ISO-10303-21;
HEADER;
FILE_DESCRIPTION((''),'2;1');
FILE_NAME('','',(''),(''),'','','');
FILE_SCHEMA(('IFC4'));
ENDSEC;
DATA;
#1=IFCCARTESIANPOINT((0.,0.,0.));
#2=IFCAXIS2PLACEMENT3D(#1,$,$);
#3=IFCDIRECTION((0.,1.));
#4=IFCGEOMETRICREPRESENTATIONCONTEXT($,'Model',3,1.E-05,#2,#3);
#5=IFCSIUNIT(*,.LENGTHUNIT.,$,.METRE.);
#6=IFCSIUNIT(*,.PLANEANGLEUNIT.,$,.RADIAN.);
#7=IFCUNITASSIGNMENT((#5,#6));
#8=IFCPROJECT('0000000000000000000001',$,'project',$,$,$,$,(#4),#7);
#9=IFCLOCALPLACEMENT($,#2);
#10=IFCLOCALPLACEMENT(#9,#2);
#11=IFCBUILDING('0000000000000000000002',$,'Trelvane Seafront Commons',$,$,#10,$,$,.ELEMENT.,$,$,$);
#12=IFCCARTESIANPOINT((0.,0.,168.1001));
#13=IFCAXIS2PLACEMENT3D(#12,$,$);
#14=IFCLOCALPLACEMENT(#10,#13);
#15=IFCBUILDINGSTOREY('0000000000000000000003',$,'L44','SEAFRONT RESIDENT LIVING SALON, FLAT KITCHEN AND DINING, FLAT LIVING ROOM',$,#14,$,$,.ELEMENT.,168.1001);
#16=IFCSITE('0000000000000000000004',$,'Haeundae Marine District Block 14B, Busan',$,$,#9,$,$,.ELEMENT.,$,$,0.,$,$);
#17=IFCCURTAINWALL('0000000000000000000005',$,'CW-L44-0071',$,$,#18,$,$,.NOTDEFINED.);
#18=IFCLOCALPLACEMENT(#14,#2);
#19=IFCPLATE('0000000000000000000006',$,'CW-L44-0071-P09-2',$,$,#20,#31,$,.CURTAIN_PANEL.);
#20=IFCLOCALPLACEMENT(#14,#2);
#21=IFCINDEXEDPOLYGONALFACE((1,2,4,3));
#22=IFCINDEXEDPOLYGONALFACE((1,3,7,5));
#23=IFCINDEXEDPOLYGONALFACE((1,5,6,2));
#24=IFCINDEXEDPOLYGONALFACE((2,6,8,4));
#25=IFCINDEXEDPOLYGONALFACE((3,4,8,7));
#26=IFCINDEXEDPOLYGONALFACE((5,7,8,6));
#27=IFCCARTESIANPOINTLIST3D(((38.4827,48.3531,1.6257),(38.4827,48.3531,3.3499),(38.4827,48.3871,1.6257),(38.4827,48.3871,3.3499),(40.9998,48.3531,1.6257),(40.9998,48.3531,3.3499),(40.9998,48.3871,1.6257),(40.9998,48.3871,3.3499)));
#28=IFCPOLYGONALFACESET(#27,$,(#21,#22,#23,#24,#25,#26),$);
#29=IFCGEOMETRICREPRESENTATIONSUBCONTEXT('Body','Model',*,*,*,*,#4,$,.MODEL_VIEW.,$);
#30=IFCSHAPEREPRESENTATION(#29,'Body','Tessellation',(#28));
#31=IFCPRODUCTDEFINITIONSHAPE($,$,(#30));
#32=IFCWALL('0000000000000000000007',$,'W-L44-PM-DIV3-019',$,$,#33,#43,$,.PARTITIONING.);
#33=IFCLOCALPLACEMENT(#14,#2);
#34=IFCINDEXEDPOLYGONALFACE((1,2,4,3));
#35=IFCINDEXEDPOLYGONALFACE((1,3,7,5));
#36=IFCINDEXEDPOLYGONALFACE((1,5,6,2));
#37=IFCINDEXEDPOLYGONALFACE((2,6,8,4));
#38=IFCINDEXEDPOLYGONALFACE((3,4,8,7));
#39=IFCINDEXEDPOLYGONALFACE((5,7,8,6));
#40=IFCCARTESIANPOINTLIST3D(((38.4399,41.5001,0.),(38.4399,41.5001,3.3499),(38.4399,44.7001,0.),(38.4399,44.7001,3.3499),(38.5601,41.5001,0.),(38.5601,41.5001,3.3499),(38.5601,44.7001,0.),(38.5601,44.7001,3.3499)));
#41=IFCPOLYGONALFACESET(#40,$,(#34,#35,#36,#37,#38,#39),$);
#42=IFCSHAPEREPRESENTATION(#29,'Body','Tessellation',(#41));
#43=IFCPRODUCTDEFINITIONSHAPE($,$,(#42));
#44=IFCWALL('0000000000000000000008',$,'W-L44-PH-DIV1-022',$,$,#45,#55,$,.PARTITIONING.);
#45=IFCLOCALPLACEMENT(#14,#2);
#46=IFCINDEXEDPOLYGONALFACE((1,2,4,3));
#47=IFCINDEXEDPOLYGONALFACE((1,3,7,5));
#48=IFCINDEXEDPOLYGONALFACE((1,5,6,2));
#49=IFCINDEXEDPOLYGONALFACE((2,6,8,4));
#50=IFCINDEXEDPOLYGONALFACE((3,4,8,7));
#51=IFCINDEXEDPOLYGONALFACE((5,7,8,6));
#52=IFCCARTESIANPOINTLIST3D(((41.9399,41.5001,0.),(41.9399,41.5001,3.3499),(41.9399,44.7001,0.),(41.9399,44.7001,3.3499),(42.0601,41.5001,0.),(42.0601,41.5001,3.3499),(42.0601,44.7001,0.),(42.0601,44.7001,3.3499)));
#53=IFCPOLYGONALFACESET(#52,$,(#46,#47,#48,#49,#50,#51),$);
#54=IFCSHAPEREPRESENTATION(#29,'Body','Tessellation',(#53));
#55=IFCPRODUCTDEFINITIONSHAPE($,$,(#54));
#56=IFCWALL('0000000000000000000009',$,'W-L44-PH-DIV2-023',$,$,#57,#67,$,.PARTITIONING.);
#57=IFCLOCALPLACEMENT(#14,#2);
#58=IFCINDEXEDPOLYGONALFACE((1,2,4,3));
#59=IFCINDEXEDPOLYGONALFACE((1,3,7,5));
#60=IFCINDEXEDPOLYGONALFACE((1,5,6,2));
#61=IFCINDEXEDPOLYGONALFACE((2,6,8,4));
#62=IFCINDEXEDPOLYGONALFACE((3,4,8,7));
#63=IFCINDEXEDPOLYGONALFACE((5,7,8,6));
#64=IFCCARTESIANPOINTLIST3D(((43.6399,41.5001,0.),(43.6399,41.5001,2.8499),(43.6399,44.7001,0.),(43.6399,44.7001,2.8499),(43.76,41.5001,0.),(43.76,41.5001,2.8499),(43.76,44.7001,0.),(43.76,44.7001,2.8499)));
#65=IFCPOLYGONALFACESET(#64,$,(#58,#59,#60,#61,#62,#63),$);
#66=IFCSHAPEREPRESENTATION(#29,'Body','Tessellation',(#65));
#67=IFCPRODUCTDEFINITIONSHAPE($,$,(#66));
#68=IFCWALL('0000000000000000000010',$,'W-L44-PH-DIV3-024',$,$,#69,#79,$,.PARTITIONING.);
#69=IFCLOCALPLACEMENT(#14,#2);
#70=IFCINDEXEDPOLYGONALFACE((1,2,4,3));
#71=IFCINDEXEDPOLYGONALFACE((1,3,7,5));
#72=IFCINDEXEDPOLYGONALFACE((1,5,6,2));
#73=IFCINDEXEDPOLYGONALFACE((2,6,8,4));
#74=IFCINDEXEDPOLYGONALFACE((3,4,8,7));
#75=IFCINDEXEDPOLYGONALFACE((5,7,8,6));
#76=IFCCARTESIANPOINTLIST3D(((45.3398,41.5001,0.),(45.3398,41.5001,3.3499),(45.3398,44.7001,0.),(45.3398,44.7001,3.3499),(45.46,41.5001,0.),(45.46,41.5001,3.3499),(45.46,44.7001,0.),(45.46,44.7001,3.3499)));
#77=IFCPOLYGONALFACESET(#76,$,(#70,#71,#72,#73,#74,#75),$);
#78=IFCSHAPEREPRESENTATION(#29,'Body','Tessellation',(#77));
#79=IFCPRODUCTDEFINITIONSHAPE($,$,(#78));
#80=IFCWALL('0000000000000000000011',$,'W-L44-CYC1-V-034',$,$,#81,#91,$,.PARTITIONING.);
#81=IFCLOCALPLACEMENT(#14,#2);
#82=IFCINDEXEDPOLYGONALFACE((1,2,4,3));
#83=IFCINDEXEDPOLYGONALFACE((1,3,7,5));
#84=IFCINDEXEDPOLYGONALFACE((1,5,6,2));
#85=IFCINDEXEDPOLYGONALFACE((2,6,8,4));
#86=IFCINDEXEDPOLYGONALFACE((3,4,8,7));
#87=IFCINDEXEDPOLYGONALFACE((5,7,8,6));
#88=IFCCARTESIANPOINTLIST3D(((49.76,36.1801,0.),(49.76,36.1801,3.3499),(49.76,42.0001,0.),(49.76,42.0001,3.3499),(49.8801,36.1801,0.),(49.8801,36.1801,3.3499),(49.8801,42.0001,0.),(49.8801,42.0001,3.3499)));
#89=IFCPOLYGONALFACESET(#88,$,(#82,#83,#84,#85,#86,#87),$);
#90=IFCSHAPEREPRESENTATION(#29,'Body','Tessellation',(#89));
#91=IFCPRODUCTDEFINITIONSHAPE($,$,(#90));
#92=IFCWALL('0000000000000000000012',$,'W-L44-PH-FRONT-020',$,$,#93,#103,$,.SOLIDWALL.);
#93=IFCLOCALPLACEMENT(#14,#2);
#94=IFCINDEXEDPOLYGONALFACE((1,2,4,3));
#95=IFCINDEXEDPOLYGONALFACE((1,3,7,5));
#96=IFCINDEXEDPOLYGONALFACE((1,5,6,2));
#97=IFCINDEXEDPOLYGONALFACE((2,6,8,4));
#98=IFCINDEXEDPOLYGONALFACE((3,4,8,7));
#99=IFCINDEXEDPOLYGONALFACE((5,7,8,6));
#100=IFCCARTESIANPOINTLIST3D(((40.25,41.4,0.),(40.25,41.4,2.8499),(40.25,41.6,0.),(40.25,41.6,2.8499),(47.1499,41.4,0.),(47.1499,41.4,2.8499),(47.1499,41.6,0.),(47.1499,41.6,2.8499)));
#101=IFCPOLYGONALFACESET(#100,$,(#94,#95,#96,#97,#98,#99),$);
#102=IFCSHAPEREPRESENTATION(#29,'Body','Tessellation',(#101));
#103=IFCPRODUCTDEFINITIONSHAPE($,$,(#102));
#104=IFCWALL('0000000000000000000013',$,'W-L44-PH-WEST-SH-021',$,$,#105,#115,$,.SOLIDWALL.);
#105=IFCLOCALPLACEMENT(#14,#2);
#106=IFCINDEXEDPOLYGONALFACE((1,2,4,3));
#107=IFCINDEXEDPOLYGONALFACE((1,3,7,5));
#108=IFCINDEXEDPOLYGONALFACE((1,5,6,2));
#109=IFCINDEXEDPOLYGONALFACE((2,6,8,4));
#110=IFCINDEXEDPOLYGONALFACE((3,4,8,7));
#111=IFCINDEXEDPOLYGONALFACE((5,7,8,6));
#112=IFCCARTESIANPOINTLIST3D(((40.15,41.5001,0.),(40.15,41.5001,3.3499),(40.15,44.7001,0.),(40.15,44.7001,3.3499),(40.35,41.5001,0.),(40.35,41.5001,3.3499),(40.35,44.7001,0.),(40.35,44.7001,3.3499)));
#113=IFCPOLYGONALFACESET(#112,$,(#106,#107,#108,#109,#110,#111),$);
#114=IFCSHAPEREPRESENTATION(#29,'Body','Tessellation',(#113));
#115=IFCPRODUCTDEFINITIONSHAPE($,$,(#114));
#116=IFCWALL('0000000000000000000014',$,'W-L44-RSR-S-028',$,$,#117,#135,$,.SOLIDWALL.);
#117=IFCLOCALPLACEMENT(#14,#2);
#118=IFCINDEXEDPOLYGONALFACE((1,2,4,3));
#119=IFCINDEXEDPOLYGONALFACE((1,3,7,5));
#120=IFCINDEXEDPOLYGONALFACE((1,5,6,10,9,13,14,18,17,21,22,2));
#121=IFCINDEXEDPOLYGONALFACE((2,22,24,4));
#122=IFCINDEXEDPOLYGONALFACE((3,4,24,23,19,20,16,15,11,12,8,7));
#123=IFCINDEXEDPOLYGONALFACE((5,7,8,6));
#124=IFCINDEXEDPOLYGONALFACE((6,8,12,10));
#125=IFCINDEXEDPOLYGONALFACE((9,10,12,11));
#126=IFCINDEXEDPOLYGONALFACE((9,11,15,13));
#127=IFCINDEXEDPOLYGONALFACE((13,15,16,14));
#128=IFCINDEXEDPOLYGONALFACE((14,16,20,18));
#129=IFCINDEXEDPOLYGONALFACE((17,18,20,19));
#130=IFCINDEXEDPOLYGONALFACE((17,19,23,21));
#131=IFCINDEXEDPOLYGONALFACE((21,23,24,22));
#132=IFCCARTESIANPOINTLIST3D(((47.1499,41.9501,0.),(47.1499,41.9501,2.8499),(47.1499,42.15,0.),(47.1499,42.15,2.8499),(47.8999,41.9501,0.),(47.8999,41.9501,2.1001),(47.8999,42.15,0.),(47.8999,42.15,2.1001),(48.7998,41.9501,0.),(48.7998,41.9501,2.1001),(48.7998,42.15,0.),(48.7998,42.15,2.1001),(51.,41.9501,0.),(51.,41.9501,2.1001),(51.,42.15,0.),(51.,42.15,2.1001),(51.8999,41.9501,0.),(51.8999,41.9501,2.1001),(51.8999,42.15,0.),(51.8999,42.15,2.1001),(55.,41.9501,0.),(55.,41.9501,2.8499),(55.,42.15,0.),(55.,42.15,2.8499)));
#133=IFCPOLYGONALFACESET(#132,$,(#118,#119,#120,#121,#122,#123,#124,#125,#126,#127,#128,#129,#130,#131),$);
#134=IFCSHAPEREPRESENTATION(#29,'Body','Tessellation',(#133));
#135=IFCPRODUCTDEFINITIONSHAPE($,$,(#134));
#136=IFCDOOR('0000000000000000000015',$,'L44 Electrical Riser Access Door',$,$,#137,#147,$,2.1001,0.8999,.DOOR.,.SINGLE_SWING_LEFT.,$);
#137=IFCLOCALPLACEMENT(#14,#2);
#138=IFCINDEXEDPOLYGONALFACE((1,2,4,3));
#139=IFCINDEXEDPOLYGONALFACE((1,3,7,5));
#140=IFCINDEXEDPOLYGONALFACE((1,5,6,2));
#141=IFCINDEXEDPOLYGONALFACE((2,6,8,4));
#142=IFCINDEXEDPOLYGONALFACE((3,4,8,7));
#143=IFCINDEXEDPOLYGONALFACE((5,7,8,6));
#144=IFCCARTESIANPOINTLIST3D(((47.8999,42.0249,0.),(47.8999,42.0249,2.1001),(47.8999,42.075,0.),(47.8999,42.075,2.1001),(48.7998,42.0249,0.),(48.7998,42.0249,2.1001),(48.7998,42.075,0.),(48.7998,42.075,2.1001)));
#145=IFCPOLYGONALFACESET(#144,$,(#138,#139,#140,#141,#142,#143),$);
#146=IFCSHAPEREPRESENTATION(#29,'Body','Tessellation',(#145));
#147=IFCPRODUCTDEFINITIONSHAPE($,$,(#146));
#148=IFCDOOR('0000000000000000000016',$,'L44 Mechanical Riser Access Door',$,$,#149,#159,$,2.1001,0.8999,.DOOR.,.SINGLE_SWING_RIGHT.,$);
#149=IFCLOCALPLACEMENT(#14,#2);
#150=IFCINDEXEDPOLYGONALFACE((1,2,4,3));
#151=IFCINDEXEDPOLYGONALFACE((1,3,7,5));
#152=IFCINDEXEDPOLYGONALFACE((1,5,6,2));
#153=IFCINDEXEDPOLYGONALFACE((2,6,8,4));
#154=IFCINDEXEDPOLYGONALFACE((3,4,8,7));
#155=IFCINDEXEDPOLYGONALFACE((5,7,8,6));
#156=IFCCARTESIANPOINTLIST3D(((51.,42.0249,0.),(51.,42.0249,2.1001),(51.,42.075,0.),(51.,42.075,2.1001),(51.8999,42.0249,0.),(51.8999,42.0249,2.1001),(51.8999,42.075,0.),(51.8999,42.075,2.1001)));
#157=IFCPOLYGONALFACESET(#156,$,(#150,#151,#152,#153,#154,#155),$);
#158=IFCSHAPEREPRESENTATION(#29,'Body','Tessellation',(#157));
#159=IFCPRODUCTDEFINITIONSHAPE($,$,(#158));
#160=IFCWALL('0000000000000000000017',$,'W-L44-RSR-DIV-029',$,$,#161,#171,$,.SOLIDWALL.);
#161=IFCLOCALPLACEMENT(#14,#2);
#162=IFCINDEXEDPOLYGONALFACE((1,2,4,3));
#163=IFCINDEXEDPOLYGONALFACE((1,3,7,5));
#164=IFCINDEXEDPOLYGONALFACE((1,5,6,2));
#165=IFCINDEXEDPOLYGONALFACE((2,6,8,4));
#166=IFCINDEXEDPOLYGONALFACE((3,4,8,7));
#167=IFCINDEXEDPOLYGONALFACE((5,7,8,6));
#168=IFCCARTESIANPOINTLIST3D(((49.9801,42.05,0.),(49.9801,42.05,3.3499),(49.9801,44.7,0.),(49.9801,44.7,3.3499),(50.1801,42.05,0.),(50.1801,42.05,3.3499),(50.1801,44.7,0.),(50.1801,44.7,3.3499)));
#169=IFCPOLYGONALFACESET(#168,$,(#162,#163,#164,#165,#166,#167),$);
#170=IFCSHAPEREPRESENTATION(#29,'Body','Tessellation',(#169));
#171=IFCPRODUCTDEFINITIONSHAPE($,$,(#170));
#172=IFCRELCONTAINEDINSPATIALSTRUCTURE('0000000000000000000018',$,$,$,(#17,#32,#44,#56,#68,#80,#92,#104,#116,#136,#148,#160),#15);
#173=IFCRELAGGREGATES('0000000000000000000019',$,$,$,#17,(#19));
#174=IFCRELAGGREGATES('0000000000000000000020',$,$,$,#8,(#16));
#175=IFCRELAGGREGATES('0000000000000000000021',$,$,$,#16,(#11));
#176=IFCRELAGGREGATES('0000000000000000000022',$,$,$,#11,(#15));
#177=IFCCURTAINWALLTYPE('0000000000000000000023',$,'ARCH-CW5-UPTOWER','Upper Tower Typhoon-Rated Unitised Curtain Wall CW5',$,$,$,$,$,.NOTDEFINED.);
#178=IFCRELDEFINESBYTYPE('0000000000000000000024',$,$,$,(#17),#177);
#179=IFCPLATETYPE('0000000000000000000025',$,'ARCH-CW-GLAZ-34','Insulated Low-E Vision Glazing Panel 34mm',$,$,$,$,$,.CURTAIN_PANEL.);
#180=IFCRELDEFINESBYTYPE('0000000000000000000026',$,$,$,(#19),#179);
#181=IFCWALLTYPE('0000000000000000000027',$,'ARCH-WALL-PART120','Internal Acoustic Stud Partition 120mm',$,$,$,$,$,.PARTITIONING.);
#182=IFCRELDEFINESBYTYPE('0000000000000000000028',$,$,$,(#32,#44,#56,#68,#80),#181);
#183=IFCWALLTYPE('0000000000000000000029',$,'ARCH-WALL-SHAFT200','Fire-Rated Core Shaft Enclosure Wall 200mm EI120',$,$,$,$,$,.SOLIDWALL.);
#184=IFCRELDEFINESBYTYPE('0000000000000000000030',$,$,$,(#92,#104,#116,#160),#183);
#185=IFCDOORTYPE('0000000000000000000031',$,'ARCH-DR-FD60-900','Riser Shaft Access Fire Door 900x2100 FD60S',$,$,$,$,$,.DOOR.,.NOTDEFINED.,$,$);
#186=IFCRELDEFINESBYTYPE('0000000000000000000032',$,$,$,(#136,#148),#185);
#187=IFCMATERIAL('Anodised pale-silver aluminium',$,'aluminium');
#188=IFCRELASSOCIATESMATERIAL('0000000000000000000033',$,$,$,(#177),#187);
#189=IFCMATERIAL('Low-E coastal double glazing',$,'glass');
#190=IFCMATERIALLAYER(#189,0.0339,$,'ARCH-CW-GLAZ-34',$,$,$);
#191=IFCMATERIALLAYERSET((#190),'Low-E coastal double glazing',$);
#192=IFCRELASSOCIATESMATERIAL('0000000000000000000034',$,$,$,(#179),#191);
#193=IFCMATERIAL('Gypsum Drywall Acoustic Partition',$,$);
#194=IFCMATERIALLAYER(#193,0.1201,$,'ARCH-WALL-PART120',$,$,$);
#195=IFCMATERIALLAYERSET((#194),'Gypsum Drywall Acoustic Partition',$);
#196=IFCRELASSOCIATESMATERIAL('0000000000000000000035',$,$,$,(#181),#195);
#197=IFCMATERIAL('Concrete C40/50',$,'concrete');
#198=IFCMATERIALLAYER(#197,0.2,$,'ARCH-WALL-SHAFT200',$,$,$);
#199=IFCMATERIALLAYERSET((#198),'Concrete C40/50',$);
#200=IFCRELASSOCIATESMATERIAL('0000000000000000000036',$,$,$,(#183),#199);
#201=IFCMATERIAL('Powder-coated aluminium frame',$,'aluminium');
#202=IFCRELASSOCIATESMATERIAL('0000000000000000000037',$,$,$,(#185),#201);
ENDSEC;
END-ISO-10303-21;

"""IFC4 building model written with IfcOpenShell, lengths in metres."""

from ifc_helpers import new_model, si_unit, direction, frame, frame_2d, origin, origin_2d, place, context, subcontext, project, spatial, rectangle, extrude, source, transform, mapped, material, layer, layer_set, type_object, element, fill, aggregate, save


model = new_model("IFC4")

# Units and contexts
model_context = context("Model", 3, precision=1e-05, world=origin(), true_north=direction((0.0, 1.0)))
body_context = subcontext(model_context, "Body", "Model", "MODEL_VIEW")
ifc_project = project(units=[si_unit("LENGTHUNIT", "METRE"), si_unit("PLANEANGLEUNIT", "RADIAN")], contexts=[model_context])

# Site, building, storey
site_placement = place(None, origin())
site = spatial("IfcSite", under=ifc_project, at=site_placement, Name="Haeundae Marine District Block 14B, Busan", CompositionType="ELEMENT", RefElevation=0.0)
building_placement = place(site_placement, origin())
building = spatial("IfcBuilding", under=site, at=building_placement, Name="Trelvane Seafront Commons", CompositionType="ELEMENT")
storey_placement = place(building_placement, frame((0.0, 0.0, 168.1001)))
storey = spatial("IfcBuildingStorey", under=building, at=storey_placement, Name="L44", Description="SEAFRONT RESIDENT LIVING SALON, FLAT KITCHEN AND DINING, FLAT LIVING ROOM", CompositionType="ELEMENT", Elevation=168.1001)

# Curtain wall, plate
ifc_material_1 = material(Name="Anodised pale-silver aluminium", Category="aluminium")
curtain_wall_type = type_object("IfcCurtainWallType", Name="ARCH-CW5-UPTOWER", Description="Upper Tower Typhoon-Rated Unitised Curtain Wall CW5", PredefinedType="NOTDEFINED", material=ifc_material_1)
curtain_wall_placement = place(storey_placement, origin())
curtain_wall = element("IfcCurtainWall", 1, at=curtain_wall_placement, inside=storey, type_object=curtain_wall_type, Name="CW-L44-0071", PredefinedType="NOTDEFINED")
ifc_material_2 = material(Name="Low-E coastal double glazing", Category="glass")
ifc_layer_1 = layer(ifc_material_2, 0.0339, Name="ARCH-CW-GLAZ-34")
ifc_layer_set_1 = layer_set([ifc_layer_1], Name="Low-E coastal double glazing")
plate_type = type_object("IfcPlateType", Name="ARCH-CW-GLAZ-34", Description="Insulated Low-E Vision Glazing Panel 34mm", PredefinedType="CURTAIN_PANEL", material=ifc_layer_set_1)
shared_shape_1 = source(origin(), body_context, "Body", "SweptSolid", [
    extrude(rectangle(XDim=2.5171, YDim=0.0339, at=origin_2d()), origin(), (0.0, 0.0, 1.0), 1.7241),
])
plate_1_placement = place(storey_placement, frame((39.7412, 48.3701, 1.6257), z_axis=(0.0, 0.0, 1.0), x_axis=(1.0, 0.0, 0.0)))
plate_1 = element("IfcPlate", 2, at=plate_1_placement, type_object=plate_type, Name="CW-L44-0071-P09-2", PredefinedType="CURTAIN_PANEL", context=body_context, shape_type="MappedRepresentation", body=[
    mapped(shared_shape_1, transform((0.0, 0.0, 0.0), x_axis=(1.0, 0.0, 0.0), y_axis=(0.0, 1.0, 0.0), z_axis=(0.0, 0.0, 1.0), scale=1.0)),
])
aggregate(curtain_wall, [plate_1])

# Walls
ifc_material_3 = material(Name="Gypsum Drywall Acoustic Partition")
ifc_layer_2 = layer(ifc_material_3, 0.1201, Name="ARCH-WALL-PART120")
ifc_layer_set_2 = layer_set([ifc_layer_2], Name="Gypsum Drywall Acoustic Partition")
wall_type_1 = type_object("IfcWallType", Name="ARCH-WALL-PART120", Description="Internal Acoustic Stud Partition 120mm", PredefinedType="PARTITIONING", material=ifc_layer_set_2)
for number, where, z_axis, x_axis, name in (
    (3, (38.5, 41.5, 0.0), (0.0, 0.0, 1.0), (0.0, 1.0, 0.0), "W-L44-PM-DIV3-019"),
    (4, (42.0, 41.5, 0.0), (0.0, 0.0, 1.0), (0.0, 1.0, 0.0), "W-L44-PH-DIV1-022"),
):
    element("IfcWall", number, at=place(storey_placement, frame(where, z_axis=z_axis, x_axis=x_axis)), inside=storey, type_object=wall_type_1, Name=name, PredefinedType="PARTITIONING", context=body_context, shape_type="SweptSolid", body=[
        extrude(rectangle(XDim=3.2, YDim=0.1201, at=frame_2d((1.6001, 0.0))), origin(), (0.0, 0.0, 1.0), 3.3499),
    ])
wall_1_placement = place(storey_placement, frame((43.7, 41.5, 0.0), z_axis=(0.0, 0.0, 1.0), x_axis=(0.0, 1.0, 0.0)))
element("IfcWall", 5, at=wall_1_placement, inside=storey, type_object=wall_type_1, Name="W-L44-PH-DIV2-023", PredefinedType="PARTITIONING", context=body_context, shape_type="SweptSolid", body=[
    extrude(rectangle(XDim=3.2, YDim=0.1201, at=frame_2d((1.6001, 0.0))), origin(), (0.0, 0.0, 1.0), 2.8499),
])
wall_2_placement = place(storey_placement, frame((45.3999, 41.5, 0.0), z_axis=(0.0, 0.0, 1.0), x_axis=(0.0, 1.0, 0.0)))
element("IfcWall", 6, at=wall_2_placement, inside=storey, type_object=wall_type_1, Name="W-L44-PH-DIV3-024", PredefinedType="PARTITIONING", context=body_context, shape_type="SweptSolid", body=[
    extrude(rectangle(XDim=3.2, YDim=0.1201, at=frame_2d((1.6001, 0.0))), origin(), (0.0, 0.0, 1.0), 3.3499),
])

# Wall
wall_3_placement = place(storey_placement, frame((49.8201, 36.1799, 0.0), z_axis=(0.0, 0.0, 1.0), x_axis=(0.0, 1.0, 0.0)))
element("IfcWall", 7, at=wall_3_placement, inside=storey, type_object=wall_type_1, Name="W-L44-CYC1-V-034", PredefinedType="PARTITIONING", context=body_context, shape_type="SweptSolid", body=[
    extrude(rectangle(XDim=5.8201, YDim=0.1201, at=frame_2d((2.9102, 0.0))), origin(), (0.0, 0.0, 1.0), 3.3499),
])

# Walls
ifc_material_4 = material(Name="Concrete C40/50", Category="concrete")
ifc_layer_3 = layer(ifc_material_4, 0.2, Name="ARCH-WALL-SHAFT200")
ifc_layer_set_3 = layer_set([ifc_layer_3], Name="Concrete C40/50")
wall_type_2 = type_object("IfcWallType", Name="ARCH-WALL-SHAFT200", Description="Fire-Rated Core Shaft Enclosure Wall 200mm EI120", PredefinedType="SOLIDWALL", material=ifc_layer_set_3)
wall_4_placement = place(storey_placement, frame((40.25, 41.5, 0.0), z_axis=(0.0, 0.0, 1.0), x_axis=(1.0, 0.0, 0.0)))
element("IfcWall", 8, at=wall_4_placement, inside=storey, type_object=wall_type_2, Name="W-L44-PH-FRONT-020", PredefinedType="SOLIDWALL", context=body_context, shape_type="SweptSolid", body=[
    extrude(rectangle(XDim=6.8999, YDim=0.2, at=frame_2d((3.45, 0.0))), origin(), (0.0, 0.0, 1.0), 2.8499),
])
wall_5_placement = place(storey_placement, frame((40.25, 41.5, 0.0), z_axis=(0.0, 0.0, 1.0), x_axis=(0.0, 1.0, 0.0)))
element("IfcWall", 9, at=wall_5_placement, inside=storey, type_object=wall_type_2, Name="W-L44-PH-WEST-SH-021", PredefinedType="SOLIDWALL", context=body_context, shape_type="SweptSolid", body=[
    extrude(rectangle(XDim=3.2, YDim=0.2, at=frame_2d((1.6001, 0.0))), origin(), (0.0, 0.0, 1.0), 3.3499),
])

# Wall, openings, doors
wall_6_placement = place(storey_placement, frame((47.1499, 42.05, 0.0), z_axis=(0.0, 0.0, 1.0), x_axis=(1.0, 0.0, 0.0)))
wall_6 = element("IfcWall", 10, at=wall_6_placement, inside=storey, type_object=wall_type_2, Name="W-L44-RSR-S-028", PredefinedType="SOLIDWALL", context=body_context, shape_type="SweptSolid", body=[
    extrude(rectangle(XDim=7.8501, YDim=0.2, at=frame_2d((3.925, 0.0))), origin(), (0.0, 0.0, 1.0), 2.8499),
])
opening_1_placement = place(wall_6_placement, frame((0.75, 0.0, 0.0)))
opening_1 = element("IfcOpeningElement", 11, at=opening_1_placement, cuts=wall_6, PredefinedType="OPENING", context=body_context, shape_type="SweptSolid", body=[
    extrude(rectangle(XDim=0.8999, YDim=2.1001, at=frame_2d((0.45, 1.05))), frame((0.0, 0.1099, 0.0), z_axis=(0.0, -1.0, 0.0), x_axis=(1.0, 0.0, 0.0)), (0.0, 0.0, 1.0), 0.22),
])
opening_2_placement = place(wall_6_placement, frame((3.8501, 0.0, 0.0)))
opening_2 = element("IfcOpeningElement", 12, at=opening_2_placement, cuts=wall_6, PredefinedType="OPENING", context=body_context, shape_type="SweptSolid", body=[
    extrude(rectangle(XDim=0.8999, YDim=2.1001, at=frame_2d((0.45, 1.05))), frame((0.0, 0.1099, 0.0), z_axis=(0.0, -1.0, 0.0), x_axis=(1.0, 0.0, 0.0)), (0.0, 0.0, 1.0), 0.22),
])
ifc_material_5 = material(Name="Powder-coated aluminium frame", Category="aluminium")
door_type_1 = type_object("IfcDoorType", Name="ARCH-DR-FD60-900", Description="Riser Shaft Access Fire Door 900x2100 FD60S", OperationType="NOTDEFINED", PredefinedType="DOOR", material=ifc_material_5)
shared_shape_2 = source(origin(), body_context, "Body", "SweptSolid", [
    extrude(rectangle(XDim=0.8999, YDim=2.1001, at=frame_2d((0.45, 1.05))), frame((0.0, 0.0249, 0.0), z_axis=(0.0, -1.0, 0.0), x_axis=(1.0, 0.0, 0.0)), (0.0, 0.0, 1.0), 0.05),
])
door_1_placement = place(opening_1_placement, origin())
door_1 = element("IfcDoor", 13, at=door_1_placement, inside=storey, type_object=door_type_1, Name="L44 Electrical Riser Access Door", OperationType="SINGLE_SWING_LEFT", OverallHeight=2.1001, OverallWidth=0.8999, PredefinedType="DOOR", context=body_context, shape_type="MappedRepresentation", body=[
    mapped(shared_shape_2, transform((0.0, 0.0, 0.0), x_axis=(1.0, 0.0, 0.0), y_axis=(0.0, 1.0, 0.0), z_axis=(0.0, 0.0, 1.0), scale=1.0)),
])
fill(opening_1, door_1)
door_2_placement = place(opening_2_placement, origin())
door_2 = element("IfcDoor", 14, at=door_2_placement, inside=storey, type_object=door_type_1, Name="L44 Mechanical Riser Access Door", OperationType="SINGLE_SWING_RIGHT", OverallHeight=2.1001, OverallWidth=0.8999, PredefinedType="DOOR", context=body_context, shape_type="MappedRepresentation", body=[
    mapped(shared_shape_2, transform((0.0, 0.0, 0.0), x_axis=(1.0, 0.0, 0.0), y_axis=(0.0, 1.0, 0.0), z_axis=(0.0, 0.0, 1.0), scale=1.0)),
])
fill(opening_2, door_2)

# Wall
wall_7_placement = place(storey_placement, frame((50.0801, 42.05, 0.0), z_axis=(0.0, 0.0, 1.0), x_axis=(0.0, 1.0, 0.0)))
element("IfcWall", 15, at=wall_7_placement, inside=storey, type_object=wall_type_2, Name="W-L44-RSR-DIV-029", PredefinedType="SOLIDWALL", context=body_context, shape_type="SweptSolid", body=[
    extrude(rectangle(XDim=2.6499, YDim=0.2, at=frame_2d((1.325, 0.0))), origin(), (0.0, 0.0, 1.0), 3.3499),
])

save(model, "model.ifc")
